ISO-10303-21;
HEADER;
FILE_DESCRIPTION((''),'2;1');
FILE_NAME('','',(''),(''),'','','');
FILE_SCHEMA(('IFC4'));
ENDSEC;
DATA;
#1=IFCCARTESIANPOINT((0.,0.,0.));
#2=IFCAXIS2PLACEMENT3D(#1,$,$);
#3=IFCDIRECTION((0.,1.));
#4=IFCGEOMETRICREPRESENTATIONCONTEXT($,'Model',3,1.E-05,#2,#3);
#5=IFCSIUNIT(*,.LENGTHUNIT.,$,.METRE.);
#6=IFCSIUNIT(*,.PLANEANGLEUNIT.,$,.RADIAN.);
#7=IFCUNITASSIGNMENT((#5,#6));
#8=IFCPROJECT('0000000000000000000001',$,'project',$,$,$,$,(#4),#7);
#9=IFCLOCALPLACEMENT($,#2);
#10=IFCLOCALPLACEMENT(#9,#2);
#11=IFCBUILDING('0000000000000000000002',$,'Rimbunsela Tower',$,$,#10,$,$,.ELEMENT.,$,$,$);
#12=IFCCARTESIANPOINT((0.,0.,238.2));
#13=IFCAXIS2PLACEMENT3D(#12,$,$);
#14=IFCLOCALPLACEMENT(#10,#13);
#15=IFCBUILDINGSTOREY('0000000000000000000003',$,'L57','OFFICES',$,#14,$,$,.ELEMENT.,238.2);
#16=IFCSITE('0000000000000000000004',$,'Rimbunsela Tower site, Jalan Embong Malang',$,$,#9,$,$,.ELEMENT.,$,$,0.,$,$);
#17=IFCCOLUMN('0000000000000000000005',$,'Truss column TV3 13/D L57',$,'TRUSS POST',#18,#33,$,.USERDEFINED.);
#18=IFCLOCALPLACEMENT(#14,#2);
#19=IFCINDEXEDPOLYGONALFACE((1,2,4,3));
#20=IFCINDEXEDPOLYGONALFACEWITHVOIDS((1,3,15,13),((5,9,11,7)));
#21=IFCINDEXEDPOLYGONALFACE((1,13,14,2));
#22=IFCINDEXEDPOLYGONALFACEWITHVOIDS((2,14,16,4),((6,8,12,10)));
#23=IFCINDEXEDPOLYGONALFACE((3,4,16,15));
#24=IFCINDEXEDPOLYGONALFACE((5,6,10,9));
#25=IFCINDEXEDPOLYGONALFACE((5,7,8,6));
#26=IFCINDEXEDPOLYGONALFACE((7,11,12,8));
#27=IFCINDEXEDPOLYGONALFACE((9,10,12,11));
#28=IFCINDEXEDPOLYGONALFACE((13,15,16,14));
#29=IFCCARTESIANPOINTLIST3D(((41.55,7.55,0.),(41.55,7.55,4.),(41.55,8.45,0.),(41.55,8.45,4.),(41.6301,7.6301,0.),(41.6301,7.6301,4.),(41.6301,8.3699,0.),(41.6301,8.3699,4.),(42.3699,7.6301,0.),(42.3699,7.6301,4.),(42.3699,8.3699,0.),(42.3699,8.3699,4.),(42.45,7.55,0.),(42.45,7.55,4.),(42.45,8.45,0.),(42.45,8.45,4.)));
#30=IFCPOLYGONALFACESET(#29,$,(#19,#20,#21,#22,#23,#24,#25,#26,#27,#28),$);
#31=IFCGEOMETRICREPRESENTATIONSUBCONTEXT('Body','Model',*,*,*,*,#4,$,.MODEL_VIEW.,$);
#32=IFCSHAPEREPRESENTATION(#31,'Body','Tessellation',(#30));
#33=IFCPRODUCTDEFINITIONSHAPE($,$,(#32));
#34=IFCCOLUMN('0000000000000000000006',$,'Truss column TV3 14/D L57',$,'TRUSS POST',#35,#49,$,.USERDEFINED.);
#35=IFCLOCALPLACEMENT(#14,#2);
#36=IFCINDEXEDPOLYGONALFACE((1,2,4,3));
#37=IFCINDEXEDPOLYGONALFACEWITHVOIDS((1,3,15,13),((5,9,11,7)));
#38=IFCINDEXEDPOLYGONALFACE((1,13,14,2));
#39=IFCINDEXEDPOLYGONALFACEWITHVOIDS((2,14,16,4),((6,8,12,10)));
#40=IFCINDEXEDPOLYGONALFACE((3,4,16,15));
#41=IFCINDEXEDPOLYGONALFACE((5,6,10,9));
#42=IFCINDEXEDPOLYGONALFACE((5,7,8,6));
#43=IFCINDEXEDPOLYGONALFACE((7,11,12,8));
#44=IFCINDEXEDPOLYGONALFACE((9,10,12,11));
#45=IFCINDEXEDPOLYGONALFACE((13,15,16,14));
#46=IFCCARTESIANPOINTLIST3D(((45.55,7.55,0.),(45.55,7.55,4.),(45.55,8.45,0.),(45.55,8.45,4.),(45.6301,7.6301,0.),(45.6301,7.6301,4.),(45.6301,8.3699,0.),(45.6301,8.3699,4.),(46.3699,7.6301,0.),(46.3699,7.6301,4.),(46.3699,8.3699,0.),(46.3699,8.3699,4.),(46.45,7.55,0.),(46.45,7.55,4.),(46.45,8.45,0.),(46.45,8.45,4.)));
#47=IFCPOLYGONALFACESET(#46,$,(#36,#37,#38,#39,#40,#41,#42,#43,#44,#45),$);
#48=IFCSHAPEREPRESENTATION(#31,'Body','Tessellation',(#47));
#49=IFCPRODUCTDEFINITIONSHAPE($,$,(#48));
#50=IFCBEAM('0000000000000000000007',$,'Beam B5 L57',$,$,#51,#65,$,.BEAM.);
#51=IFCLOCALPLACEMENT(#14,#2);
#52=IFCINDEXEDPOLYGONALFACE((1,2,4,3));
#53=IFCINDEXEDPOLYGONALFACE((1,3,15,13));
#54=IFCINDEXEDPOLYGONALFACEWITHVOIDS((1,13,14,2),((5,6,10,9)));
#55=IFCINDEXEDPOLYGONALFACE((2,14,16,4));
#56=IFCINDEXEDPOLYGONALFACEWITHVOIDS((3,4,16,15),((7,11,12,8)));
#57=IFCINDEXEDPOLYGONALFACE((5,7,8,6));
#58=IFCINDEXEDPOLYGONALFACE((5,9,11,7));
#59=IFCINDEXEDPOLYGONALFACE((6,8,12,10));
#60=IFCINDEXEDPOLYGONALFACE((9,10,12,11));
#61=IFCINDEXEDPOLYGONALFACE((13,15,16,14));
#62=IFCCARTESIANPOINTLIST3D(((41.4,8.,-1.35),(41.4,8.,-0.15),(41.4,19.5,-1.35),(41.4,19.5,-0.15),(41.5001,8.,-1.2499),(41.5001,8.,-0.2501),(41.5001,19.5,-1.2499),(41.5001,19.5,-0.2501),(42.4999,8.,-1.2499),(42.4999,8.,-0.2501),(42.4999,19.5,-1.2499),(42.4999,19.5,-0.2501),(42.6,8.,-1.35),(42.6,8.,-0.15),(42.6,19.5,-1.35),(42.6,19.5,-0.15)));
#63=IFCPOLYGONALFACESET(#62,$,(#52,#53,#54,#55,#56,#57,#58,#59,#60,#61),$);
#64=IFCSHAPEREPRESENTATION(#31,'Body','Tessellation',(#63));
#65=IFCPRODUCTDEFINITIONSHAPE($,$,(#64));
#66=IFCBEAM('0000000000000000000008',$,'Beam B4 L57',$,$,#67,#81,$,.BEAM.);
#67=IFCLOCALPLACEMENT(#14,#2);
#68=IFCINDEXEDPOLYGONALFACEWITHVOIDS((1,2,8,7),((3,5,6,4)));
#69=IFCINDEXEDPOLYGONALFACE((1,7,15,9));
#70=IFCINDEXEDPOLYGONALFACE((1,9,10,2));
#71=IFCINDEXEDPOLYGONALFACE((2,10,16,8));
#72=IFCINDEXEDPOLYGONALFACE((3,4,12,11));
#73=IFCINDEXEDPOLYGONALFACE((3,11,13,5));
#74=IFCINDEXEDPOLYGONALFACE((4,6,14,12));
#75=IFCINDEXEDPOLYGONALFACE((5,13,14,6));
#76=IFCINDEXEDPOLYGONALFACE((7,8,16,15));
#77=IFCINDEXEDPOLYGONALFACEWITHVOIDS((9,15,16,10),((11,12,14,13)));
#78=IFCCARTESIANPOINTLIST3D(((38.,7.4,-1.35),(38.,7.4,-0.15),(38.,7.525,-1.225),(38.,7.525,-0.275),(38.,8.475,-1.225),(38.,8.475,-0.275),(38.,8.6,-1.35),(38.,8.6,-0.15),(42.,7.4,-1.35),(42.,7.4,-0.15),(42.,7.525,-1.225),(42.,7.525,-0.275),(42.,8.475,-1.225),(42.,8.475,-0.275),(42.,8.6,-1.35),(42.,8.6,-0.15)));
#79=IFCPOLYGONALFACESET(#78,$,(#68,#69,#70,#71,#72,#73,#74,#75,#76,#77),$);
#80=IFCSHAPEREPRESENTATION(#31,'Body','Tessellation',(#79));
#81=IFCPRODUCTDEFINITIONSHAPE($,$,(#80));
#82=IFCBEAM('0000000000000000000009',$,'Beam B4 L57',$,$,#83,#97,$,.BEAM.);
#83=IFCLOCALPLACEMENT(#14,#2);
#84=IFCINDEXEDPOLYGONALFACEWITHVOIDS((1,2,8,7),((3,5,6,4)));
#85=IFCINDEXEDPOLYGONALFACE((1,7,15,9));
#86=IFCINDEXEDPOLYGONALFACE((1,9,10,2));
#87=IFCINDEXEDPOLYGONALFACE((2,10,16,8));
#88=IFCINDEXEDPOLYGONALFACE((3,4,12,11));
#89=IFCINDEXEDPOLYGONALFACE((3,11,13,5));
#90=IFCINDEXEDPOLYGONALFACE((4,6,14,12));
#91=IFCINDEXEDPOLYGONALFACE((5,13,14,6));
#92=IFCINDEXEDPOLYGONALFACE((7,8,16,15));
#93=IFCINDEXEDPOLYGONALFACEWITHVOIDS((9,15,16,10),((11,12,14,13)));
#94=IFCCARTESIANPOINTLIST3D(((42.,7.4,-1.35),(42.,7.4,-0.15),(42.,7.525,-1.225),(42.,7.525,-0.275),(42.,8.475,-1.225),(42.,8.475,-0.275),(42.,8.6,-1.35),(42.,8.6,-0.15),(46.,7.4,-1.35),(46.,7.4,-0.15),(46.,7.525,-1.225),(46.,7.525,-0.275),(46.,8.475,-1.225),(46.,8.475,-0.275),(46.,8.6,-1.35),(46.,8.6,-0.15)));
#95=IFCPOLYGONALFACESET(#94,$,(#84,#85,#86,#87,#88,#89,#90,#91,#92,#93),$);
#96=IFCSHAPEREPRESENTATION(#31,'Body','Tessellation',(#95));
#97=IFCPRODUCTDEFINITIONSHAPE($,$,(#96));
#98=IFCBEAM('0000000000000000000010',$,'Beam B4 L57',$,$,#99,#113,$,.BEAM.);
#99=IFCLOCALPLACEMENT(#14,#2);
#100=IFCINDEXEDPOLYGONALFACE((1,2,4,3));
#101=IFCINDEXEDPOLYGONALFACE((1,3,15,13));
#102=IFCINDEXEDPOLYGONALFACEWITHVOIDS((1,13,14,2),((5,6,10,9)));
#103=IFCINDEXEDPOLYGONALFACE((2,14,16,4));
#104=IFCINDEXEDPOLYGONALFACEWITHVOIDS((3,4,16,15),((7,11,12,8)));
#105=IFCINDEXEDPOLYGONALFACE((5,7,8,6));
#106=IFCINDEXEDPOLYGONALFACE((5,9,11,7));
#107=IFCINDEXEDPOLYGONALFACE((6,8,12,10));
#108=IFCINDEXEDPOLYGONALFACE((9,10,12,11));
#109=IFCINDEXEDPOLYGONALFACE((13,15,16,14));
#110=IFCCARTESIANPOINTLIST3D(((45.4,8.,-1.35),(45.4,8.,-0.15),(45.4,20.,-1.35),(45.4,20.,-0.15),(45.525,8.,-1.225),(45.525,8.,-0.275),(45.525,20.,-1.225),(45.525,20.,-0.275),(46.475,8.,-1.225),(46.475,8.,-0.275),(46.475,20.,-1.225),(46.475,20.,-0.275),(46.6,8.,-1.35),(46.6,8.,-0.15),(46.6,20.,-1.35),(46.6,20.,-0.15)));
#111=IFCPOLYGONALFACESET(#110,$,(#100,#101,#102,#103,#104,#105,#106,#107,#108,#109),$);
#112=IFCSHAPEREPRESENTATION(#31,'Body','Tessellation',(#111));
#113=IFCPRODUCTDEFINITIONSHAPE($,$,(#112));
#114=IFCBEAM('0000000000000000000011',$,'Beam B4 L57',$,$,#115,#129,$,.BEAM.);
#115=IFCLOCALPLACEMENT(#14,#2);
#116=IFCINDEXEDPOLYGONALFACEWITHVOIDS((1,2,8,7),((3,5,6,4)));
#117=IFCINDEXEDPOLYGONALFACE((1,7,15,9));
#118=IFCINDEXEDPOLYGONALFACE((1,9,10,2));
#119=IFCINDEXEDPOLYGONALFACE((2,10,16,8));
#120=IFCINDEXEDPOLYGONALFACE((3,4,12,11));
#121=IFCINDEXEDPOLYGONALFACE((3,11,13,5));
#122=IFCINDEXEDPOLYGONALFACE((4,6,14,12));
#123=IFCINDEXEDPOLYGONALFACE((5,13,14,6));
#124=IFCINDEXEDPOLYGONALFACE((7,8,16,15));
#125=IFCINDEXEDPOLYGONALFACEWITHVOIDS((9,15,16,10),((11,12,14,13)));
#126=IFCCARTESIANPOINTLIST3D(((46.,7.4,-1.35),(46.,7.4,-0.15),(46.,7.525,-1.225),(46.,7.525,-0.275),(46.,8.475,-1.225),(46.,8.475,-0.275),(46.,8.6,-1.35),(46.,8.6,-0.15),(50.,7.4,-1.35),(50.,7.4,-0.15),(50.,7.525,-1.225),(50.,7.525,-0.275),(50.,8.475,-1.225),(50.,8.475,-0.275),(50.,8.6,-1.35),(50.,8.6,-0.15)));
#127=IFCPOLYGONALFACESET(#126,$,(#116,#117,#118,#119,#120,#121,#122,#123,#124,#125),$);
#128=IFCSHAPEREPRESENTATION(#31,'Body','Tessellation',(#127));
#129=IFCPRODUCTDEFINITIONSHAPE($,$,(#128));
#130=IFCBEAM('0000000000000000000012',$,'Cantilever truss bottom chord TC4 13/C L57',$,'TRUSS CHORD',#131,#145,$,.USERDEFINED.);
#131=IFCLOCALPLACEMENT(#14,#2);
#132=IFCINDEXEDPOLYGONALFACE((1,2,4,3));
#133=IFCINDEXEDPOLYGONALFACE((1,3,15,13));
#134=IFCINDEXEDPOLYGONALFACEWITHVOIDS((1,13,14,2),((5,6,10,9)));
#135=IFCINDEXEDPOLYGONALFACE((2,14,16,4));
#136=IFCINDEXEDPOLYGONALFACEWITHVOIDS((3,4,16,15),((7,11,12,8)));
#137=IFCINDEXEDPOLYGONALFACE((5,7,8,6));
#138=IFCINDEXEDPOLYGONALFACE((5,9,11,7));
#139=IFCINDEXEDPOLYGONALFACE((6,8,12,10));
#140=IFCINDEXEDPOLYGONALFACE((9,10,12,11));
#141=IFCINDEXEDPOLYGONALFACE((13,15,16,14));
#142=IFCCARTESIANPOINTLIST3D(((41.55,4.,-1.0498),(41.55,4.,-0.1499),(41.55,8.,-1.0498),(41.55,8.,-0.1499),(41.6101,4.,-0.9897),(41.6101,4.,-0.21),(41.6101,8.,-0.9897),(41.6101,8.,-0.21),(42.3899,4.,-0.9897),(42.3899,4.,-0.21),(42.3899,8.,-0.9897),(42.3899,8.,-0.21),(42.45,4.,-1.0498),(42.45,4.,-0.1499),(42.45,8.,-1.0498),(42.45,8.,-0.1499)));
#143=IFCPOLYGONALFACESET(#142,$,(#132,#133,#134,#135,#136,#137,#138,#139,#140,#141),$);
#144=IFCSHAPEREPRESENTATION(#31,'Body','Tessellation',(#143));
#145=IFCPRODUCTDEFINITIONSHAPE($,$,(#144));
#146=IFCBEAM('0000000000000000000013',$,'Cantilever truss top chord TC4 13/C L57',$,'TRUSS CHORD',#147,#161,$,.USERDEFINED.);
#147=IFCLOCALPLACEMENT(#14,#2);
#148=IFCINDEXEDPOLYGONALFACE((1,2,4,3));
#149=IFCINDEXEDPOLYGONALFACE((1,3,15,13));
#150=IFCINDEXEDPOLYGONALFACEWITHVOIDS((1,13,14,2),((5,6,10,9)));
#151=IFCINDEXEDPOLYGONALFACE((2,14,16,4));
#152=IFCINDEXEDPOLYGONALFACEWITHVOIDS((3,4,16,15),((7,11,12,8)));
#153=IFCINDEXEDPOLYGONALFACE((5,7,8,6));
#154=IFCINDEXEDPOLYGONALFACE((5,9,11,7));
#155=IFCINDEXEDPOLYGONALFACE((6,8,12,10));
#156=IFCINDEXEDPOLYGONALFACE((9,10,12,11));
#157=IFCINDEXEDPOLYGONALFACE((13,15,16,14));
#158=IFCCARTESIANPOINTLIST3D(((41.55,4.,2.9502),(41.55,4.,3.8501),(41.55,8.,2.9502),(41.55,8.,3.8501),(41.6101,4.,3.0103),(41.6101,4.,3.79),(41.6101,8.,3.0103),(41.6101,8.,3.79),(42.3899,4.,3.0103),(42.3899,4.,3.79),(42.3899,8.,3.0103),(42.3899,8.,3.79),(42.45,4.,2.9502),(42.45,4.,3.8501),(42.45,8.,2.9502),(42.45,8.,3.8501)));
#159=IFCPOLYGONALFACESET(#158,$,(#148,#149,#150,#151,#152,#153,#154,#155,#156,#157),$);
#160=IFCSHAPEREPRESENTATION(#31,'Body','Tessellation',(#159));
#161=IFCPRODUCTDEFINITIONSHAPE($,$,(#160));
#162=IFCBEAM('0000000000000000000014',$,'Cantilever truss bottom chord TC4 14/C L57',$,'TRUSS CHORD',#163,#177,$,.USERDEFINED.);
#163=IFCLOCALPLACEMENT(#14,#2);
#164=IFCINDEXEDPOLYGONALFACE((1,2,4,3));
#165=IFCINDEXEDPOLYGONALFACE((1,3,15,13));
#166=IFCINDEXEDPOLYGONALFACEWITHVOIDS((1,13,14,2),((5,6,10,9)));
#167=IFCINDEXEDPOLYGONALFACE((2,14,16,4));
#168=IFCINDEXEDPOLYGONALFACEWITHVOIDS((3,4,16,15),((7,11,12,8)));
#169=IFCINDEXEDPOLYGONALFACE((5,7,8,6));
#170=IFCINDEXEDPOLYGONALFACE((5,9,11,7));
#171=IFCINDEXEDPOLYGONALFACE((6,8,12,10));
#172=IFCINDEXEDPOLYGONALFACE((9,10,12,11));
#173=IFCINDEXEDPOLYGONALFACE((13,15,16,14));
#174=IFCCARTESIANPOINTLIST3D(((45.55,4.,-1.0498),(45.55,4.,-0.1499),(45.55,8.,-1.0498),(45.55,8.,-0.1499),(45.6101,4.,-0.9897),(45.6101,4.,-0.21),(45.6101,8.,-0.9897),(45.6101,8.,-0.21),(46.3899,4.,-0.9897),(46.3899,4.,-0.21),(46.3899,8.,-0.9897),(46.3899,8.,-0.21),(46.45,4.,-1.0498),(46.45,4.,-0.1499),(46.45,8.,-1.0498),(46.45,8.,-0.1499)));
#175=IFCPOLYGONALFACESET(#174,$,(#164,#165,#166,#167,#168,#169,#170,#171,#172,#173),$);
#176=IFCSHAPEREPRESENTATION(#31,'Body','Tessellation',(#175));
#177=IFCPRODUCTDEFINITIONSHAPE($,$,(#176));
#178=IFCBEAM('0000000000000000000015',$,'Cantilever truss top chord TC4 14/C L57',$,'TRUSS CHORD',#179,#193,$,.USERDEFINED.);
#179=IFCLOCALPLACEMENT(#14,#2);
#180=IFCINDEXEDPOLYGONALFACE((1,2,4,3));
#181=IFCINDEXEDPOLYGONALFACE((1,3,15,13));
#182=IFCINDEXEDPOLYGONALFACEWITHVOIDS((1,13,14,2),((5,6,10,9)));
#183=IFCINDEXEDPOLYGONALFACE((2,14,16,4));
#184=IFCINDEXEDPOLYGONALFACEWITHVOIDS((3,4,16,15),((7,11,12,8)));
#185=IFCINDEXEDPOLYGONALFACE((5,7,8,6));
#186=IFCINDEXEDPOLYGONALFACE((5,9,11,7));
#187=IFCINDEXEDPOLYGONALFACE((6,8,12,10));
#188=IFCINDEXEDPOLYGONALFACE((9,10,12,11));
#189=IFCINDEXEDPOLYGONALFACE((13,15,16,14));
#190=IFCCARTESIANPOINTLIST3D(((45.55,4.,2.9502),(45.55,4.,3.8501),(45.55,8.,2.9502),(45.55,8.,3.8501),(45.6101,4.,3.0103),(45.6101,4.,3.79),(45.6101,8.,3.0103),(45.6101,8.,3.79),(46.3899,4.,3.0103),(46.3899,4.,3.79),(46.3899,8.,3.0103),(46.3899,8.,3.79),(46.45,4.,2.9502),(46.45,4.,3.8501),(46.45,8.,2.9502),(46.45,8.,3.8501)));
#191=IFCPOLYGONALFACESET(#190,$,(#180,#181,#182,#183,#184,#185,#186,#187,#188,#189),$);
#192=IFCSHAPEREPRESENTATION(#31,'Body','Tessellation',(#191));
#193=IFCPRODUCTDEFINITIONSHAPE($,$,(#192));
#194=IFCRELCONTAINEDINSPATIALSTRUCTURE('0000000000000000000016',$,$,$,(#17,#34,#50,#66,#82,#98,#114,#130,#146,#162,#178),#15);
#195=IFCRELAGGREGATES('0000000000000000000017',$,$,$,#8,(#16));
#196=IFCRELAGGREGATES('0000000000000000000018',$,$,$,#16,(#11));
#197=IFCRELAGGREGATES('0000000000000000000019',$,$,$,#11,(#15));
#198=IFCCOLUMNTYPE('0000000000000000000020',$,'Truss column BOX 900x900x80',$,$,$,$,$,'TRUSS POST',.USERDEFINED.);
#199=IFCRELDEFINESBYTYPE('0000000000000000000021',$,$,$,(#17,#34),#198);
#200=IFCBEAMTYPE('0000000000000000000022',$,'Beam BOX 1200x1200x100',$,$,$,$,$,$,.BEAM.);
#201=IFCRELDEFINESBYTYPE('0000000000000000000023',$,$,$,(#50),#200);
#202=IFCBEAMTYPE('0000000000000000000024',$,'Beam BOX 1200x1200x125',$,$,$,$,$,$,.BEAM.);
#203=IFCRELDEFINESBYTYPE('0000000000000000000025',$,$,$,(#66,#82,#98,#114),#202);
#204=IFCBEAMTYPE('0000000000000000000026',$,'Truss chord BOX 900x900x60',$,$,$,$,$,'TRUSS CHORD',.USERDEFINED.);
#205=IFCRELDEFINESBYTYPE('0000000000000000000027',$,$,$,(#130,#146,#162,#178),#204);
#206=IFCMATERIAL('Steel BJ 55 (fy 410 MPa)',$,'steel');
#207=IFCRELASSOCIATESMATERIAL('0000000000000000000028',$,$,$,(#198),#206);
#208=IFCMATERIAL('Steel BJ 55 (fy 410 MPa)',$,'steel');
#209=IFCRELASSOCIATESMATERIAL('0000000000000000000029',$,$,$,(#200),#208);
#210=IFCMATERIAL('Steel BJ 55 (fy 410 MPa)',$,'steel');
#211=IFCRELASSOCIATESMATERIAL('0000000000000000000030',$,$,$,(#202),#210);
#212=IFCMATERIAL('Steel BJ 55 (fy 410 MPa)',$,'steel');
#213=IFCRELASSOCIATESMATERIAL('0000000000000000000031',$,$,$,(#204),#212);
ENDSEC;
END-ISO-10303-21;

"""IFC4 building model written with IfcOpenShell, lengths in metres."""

from ifc_helpers import new_model, si_unit, direction, frame, origin, origin_2d, place, context, subcontext, project, spatial, hollow_rectangle, extrude, material, material_profile, profile_set, type_object, element, save


model = new_model("IFC4")

# Units and contexts
model_context = context("Model", 3, precision=1e-05, world=origin(), true_north=direction((0.0, 1.0)))
body_context = subcontext(model_context, "Body", "Model", "MODEL_VIEW")
ifc_project = project(units=[si_unit("LENGTHUNIT", "METRE"), si_unit("PLANEANGLEUNIT", "RADIAN")], contexts=[model_context])

# Site, building, storey
site_placement = place(None, origin())
site = spatial("IfcSite", under=ifc_project, at=site_placement, Name="Rimbunsela Tower site, Jalan Embong Malang", CompositionType="ELEMENT", RefElevation=0.0)
building_placement = place(site_placement, origin())
building = spatial("IfcBuilding", under=site, at=building_placement, Name="Rimbunsela Tower", CompositionType="ELEMENT")
storey_placement = place(building_placement, frame((0.0, 0.0, 238.2)))
storey = spatial("IfcBuildingStorey", under=building, at=storey_placement, Name="L57", Description="OFFICES", CompositionType="ELEMENT", Elevation=238.2)

# Columns
ifc_material_1 = material(Name="Steel BJ 55 (fy 410 MPa)", Category="steel")
ifc_material_profile_1 = material_profile(ifc_material_1, hollow_rectangle(XDim=0.8999, YDim=0.8999, WallThickness=0.0801, at=origin_2d()), Name="BOX 900x900x80")
ifc_profile_set_1 = profile_set([ifc_material_profile_1], Name="Steel BJ 55 (fy 410 MPa)")
column_type = type_object("IfcColumnType", Name="Truss column BOX 900x900x80", ElementType="TRUSS POST", PredefinedType="USERDEFINED", material=ifc_profile_set_1)
for number, where, z_axis, x_axis, name in (
    (1, (42.0, 8.0, 0.0), (0.0, 0.0, 1.0), (1.0, 0.0, 0.0), "Truss column TV3 13/D L57"),
    (2, (46.0, 8.0, 0.0), (0.0, 0.0, 1.0), (1.0, 0.0, 0.0), "Truss column TV3 14/D L57"),
):
    element("IfcColumn", number, at=place(storey_placement, frame(where, z_axis=z_axis, x_axis=x_axis)), inside=storey, type_object=column_type, Name=name, ObjectType="TRUSS POST", PredefinedType="USERDEFINED", context=body_context, shape_type="SweptSolid", body=[
        extrude(hollow_rectangle(XDim=0.8999, YDim=0.8999, WallThickness=0.0801, at=origin_2d()), origin(), (0.0, 0.0, 1.0), 4.0),
    ])

# Beams
ifc_material_2 = material(Name="Steel BJ 55 (fy 410 MPa)", Category="steel")
ifc_material_profile_2 = material_profile(ifc_material_2, hollow_rectangle(XDim=1.2, YDim=1.2, WallThickness=0.1001, at=origin_2d()), Name="BOX 1200x1200x100")
ifc_profile_set_2 = profile_set([ifc_material_profile_2], Name="Steel BJ 55 (fy 410 MPa)")
beam_type_1 = type_object("IfcBeamType", Name="Beam BOX 1200x1200x100", PredefinedType="BEAM", material=ifc_profile_set_2)
beam_1_placement = place(storey_placement, frame((42.0, 8.0, -0.75), z_axis=(0.0, 1.0, 0.0), x_axis=(-1.0, 0.0, 0.0)))
element("IfcBeam", 3, at=beam_1_placement, inside=storey, type_object=beam_type_1, Name="Beam B5 L57", PredefinedType="BEAM", context=body_context, shape_type="SweptSolid", body=[
    extrude(hollow_rectangle(XDim=1.2, YDim=1.2, WallThickness=0.1001, at=origin_2d()), origin(), (0.0, 0.0, 1.0), 11.5),
])
ifc_material_3 = material(Name="Steel BJ 55 (fy 410 MPa)", Category="steel")
ifc_material_profile_3 = material_profile(ifc_material_3, hollow_rectangle(XDim=1.2, YDim=1.2, WallThickness=0.125, at=origin_2d()), Name="BOX 1200x1200x125")
ifc_profile_set_3 = profile_set([ifc_material_profile_3], Name="Steel BJ 55 (fy 410 MPa)")
beam_type_2 = type_object("IfcBeamType", Name="Beam BOX 1200x1200x125", PredefinedType="BEAM", material=ifc_profile_set_3)
for number, where, z_axis, x_axis, name in (
    (4, (38.0, 8.0, -0.75), (1.0, 0.0, 0.0), (0.0, 1.0, 0.0), "Beam B4 L57"),
    (5, (42.0, 8.0, -0.75), (1.0, 0.0, 0.0), (0.0, 1.0, 0.0), "Beam B4 L57"),
):
    element("IfcBeam", number, at=place(storey_placement, frame(where, z_axis=z_axis, x_axis=x_axis)), inside=storey, type_object=beam_type_2, Name=name, PredefinedType="BEAM", context=body_context, shape_type="SweptSolid", body=[
        extrude(hollow_rectangle(XDim=1.2, YDim=1.2, WallThickness=0.125, at=origin_2d()), origin(), (0.0, 0.0, 1.0), 4.0),
    ])
beam_2_placement = place(storey_placement, frame((46.0, 8.0, -0.75), z_axis=(0.0, 1.0, 0.0), x_axis=(-1.0, 0.0, 0.0)))
element("IfcBeam", 6, at=beam_2_placement, inside=storey, type_object=beam_type_2, Name="Beam B4 L57", PredefinedType="BEAM", context=body_context, shape_type="SweptSolid", body=[
    extrude(hollow_rectangle(XDim=1.2, YDim=1.2, WallThickness=0.125, at=origin_2d()), origin(), (0.0, 0.0, 1.0), 12.0),
])
beam_3_placement = place(storey_placement, frame((46.0, 8.0, -0.75), z_axis=(1.0, 0.0, 0.0), x_axis=(0.0, 1.0, 0.0)))
element("IfcBeam", 7, at=beam_3_placement, inside=storey, type_object=beam_type_2, Name="Beam B4 L57", PredefinedType="BEAM", context=body_context, shape_type="SweptSolid", body=[
    extrude(hollow_rectangle(XDim=1.2, YDim=1.2, WallThickness=0.125, at=origin_2d()), origin(), (0.0, 0.0, 1.0), 4.0),
])
ifc_material_4 = material(Name="Steel BJ 55 (fy 410 MPa)", Category="steel")
ifc_material_profile_4 = material_profile(ifc_material_4, hollow_rectangle(XDim=0.8999, YDim=0.8999, WallThickness=0.0601, at=origin_2d()), Name="BOX 900x900x60")
ifc_profile_set_4 = profile_set([ifc_material_profile_4], Name="Steel BJ 55 (fy 410 MPa)")
beam_type_3 = type_object("IfcBeamType", Name="Truss chord BOX 900x900x60", ElementType="TRUSS CHORD", PredefinedType="USERDEFINED", material=ifc_profile_set_4)
for number, where, z_axis, x_axis, name in (
    (8, (42.0, 8.0, -0.5999), (0.0, -1.0, 0.0), (1.0, 0.0, 0.0), "Cantilever truss bottom chord TC4 13/C L57"),
    (9, (42.0, 8.0, 3.4001), (0.0, -1.0, 0.0), (1.0, 0.0, 0.0), "Cantilever truss top chord TC4 13/C L57"),
    (10, (46.0, 8.0, -0.5999), (0.0, -1.0, 0.0), (1.0, 0.0, 0.0), "Cantilever truss bottom chord TC4 14/C L57"),
    (11, (46.0, 8.0, 3.4001), (0.0, -1.0, 0.0), (1.0, 0.0, 0.0), "Cantilever truss top chord TC4 14/C L57"),
):
    element("IfcBeam", number, at=place(storey_placement, frame(where, z_axis=z_axis, x_axis=x_axis)), inside=storey, type_object=beam_type_3, Name=name, ObjectType="TRUSS CHORD", PredefinedType="USERDEFINED", context=body_context, shape_type="SweptSolid", body=[
        extrude(hollow_rectangle(XDim=0.8999, YDim=0.8999, WallThickness=0.0601, at=origin_2d()), origin(), (0.0, 0.0, 1.0), 4.0),
    ])

save(model, "model.ifc")
